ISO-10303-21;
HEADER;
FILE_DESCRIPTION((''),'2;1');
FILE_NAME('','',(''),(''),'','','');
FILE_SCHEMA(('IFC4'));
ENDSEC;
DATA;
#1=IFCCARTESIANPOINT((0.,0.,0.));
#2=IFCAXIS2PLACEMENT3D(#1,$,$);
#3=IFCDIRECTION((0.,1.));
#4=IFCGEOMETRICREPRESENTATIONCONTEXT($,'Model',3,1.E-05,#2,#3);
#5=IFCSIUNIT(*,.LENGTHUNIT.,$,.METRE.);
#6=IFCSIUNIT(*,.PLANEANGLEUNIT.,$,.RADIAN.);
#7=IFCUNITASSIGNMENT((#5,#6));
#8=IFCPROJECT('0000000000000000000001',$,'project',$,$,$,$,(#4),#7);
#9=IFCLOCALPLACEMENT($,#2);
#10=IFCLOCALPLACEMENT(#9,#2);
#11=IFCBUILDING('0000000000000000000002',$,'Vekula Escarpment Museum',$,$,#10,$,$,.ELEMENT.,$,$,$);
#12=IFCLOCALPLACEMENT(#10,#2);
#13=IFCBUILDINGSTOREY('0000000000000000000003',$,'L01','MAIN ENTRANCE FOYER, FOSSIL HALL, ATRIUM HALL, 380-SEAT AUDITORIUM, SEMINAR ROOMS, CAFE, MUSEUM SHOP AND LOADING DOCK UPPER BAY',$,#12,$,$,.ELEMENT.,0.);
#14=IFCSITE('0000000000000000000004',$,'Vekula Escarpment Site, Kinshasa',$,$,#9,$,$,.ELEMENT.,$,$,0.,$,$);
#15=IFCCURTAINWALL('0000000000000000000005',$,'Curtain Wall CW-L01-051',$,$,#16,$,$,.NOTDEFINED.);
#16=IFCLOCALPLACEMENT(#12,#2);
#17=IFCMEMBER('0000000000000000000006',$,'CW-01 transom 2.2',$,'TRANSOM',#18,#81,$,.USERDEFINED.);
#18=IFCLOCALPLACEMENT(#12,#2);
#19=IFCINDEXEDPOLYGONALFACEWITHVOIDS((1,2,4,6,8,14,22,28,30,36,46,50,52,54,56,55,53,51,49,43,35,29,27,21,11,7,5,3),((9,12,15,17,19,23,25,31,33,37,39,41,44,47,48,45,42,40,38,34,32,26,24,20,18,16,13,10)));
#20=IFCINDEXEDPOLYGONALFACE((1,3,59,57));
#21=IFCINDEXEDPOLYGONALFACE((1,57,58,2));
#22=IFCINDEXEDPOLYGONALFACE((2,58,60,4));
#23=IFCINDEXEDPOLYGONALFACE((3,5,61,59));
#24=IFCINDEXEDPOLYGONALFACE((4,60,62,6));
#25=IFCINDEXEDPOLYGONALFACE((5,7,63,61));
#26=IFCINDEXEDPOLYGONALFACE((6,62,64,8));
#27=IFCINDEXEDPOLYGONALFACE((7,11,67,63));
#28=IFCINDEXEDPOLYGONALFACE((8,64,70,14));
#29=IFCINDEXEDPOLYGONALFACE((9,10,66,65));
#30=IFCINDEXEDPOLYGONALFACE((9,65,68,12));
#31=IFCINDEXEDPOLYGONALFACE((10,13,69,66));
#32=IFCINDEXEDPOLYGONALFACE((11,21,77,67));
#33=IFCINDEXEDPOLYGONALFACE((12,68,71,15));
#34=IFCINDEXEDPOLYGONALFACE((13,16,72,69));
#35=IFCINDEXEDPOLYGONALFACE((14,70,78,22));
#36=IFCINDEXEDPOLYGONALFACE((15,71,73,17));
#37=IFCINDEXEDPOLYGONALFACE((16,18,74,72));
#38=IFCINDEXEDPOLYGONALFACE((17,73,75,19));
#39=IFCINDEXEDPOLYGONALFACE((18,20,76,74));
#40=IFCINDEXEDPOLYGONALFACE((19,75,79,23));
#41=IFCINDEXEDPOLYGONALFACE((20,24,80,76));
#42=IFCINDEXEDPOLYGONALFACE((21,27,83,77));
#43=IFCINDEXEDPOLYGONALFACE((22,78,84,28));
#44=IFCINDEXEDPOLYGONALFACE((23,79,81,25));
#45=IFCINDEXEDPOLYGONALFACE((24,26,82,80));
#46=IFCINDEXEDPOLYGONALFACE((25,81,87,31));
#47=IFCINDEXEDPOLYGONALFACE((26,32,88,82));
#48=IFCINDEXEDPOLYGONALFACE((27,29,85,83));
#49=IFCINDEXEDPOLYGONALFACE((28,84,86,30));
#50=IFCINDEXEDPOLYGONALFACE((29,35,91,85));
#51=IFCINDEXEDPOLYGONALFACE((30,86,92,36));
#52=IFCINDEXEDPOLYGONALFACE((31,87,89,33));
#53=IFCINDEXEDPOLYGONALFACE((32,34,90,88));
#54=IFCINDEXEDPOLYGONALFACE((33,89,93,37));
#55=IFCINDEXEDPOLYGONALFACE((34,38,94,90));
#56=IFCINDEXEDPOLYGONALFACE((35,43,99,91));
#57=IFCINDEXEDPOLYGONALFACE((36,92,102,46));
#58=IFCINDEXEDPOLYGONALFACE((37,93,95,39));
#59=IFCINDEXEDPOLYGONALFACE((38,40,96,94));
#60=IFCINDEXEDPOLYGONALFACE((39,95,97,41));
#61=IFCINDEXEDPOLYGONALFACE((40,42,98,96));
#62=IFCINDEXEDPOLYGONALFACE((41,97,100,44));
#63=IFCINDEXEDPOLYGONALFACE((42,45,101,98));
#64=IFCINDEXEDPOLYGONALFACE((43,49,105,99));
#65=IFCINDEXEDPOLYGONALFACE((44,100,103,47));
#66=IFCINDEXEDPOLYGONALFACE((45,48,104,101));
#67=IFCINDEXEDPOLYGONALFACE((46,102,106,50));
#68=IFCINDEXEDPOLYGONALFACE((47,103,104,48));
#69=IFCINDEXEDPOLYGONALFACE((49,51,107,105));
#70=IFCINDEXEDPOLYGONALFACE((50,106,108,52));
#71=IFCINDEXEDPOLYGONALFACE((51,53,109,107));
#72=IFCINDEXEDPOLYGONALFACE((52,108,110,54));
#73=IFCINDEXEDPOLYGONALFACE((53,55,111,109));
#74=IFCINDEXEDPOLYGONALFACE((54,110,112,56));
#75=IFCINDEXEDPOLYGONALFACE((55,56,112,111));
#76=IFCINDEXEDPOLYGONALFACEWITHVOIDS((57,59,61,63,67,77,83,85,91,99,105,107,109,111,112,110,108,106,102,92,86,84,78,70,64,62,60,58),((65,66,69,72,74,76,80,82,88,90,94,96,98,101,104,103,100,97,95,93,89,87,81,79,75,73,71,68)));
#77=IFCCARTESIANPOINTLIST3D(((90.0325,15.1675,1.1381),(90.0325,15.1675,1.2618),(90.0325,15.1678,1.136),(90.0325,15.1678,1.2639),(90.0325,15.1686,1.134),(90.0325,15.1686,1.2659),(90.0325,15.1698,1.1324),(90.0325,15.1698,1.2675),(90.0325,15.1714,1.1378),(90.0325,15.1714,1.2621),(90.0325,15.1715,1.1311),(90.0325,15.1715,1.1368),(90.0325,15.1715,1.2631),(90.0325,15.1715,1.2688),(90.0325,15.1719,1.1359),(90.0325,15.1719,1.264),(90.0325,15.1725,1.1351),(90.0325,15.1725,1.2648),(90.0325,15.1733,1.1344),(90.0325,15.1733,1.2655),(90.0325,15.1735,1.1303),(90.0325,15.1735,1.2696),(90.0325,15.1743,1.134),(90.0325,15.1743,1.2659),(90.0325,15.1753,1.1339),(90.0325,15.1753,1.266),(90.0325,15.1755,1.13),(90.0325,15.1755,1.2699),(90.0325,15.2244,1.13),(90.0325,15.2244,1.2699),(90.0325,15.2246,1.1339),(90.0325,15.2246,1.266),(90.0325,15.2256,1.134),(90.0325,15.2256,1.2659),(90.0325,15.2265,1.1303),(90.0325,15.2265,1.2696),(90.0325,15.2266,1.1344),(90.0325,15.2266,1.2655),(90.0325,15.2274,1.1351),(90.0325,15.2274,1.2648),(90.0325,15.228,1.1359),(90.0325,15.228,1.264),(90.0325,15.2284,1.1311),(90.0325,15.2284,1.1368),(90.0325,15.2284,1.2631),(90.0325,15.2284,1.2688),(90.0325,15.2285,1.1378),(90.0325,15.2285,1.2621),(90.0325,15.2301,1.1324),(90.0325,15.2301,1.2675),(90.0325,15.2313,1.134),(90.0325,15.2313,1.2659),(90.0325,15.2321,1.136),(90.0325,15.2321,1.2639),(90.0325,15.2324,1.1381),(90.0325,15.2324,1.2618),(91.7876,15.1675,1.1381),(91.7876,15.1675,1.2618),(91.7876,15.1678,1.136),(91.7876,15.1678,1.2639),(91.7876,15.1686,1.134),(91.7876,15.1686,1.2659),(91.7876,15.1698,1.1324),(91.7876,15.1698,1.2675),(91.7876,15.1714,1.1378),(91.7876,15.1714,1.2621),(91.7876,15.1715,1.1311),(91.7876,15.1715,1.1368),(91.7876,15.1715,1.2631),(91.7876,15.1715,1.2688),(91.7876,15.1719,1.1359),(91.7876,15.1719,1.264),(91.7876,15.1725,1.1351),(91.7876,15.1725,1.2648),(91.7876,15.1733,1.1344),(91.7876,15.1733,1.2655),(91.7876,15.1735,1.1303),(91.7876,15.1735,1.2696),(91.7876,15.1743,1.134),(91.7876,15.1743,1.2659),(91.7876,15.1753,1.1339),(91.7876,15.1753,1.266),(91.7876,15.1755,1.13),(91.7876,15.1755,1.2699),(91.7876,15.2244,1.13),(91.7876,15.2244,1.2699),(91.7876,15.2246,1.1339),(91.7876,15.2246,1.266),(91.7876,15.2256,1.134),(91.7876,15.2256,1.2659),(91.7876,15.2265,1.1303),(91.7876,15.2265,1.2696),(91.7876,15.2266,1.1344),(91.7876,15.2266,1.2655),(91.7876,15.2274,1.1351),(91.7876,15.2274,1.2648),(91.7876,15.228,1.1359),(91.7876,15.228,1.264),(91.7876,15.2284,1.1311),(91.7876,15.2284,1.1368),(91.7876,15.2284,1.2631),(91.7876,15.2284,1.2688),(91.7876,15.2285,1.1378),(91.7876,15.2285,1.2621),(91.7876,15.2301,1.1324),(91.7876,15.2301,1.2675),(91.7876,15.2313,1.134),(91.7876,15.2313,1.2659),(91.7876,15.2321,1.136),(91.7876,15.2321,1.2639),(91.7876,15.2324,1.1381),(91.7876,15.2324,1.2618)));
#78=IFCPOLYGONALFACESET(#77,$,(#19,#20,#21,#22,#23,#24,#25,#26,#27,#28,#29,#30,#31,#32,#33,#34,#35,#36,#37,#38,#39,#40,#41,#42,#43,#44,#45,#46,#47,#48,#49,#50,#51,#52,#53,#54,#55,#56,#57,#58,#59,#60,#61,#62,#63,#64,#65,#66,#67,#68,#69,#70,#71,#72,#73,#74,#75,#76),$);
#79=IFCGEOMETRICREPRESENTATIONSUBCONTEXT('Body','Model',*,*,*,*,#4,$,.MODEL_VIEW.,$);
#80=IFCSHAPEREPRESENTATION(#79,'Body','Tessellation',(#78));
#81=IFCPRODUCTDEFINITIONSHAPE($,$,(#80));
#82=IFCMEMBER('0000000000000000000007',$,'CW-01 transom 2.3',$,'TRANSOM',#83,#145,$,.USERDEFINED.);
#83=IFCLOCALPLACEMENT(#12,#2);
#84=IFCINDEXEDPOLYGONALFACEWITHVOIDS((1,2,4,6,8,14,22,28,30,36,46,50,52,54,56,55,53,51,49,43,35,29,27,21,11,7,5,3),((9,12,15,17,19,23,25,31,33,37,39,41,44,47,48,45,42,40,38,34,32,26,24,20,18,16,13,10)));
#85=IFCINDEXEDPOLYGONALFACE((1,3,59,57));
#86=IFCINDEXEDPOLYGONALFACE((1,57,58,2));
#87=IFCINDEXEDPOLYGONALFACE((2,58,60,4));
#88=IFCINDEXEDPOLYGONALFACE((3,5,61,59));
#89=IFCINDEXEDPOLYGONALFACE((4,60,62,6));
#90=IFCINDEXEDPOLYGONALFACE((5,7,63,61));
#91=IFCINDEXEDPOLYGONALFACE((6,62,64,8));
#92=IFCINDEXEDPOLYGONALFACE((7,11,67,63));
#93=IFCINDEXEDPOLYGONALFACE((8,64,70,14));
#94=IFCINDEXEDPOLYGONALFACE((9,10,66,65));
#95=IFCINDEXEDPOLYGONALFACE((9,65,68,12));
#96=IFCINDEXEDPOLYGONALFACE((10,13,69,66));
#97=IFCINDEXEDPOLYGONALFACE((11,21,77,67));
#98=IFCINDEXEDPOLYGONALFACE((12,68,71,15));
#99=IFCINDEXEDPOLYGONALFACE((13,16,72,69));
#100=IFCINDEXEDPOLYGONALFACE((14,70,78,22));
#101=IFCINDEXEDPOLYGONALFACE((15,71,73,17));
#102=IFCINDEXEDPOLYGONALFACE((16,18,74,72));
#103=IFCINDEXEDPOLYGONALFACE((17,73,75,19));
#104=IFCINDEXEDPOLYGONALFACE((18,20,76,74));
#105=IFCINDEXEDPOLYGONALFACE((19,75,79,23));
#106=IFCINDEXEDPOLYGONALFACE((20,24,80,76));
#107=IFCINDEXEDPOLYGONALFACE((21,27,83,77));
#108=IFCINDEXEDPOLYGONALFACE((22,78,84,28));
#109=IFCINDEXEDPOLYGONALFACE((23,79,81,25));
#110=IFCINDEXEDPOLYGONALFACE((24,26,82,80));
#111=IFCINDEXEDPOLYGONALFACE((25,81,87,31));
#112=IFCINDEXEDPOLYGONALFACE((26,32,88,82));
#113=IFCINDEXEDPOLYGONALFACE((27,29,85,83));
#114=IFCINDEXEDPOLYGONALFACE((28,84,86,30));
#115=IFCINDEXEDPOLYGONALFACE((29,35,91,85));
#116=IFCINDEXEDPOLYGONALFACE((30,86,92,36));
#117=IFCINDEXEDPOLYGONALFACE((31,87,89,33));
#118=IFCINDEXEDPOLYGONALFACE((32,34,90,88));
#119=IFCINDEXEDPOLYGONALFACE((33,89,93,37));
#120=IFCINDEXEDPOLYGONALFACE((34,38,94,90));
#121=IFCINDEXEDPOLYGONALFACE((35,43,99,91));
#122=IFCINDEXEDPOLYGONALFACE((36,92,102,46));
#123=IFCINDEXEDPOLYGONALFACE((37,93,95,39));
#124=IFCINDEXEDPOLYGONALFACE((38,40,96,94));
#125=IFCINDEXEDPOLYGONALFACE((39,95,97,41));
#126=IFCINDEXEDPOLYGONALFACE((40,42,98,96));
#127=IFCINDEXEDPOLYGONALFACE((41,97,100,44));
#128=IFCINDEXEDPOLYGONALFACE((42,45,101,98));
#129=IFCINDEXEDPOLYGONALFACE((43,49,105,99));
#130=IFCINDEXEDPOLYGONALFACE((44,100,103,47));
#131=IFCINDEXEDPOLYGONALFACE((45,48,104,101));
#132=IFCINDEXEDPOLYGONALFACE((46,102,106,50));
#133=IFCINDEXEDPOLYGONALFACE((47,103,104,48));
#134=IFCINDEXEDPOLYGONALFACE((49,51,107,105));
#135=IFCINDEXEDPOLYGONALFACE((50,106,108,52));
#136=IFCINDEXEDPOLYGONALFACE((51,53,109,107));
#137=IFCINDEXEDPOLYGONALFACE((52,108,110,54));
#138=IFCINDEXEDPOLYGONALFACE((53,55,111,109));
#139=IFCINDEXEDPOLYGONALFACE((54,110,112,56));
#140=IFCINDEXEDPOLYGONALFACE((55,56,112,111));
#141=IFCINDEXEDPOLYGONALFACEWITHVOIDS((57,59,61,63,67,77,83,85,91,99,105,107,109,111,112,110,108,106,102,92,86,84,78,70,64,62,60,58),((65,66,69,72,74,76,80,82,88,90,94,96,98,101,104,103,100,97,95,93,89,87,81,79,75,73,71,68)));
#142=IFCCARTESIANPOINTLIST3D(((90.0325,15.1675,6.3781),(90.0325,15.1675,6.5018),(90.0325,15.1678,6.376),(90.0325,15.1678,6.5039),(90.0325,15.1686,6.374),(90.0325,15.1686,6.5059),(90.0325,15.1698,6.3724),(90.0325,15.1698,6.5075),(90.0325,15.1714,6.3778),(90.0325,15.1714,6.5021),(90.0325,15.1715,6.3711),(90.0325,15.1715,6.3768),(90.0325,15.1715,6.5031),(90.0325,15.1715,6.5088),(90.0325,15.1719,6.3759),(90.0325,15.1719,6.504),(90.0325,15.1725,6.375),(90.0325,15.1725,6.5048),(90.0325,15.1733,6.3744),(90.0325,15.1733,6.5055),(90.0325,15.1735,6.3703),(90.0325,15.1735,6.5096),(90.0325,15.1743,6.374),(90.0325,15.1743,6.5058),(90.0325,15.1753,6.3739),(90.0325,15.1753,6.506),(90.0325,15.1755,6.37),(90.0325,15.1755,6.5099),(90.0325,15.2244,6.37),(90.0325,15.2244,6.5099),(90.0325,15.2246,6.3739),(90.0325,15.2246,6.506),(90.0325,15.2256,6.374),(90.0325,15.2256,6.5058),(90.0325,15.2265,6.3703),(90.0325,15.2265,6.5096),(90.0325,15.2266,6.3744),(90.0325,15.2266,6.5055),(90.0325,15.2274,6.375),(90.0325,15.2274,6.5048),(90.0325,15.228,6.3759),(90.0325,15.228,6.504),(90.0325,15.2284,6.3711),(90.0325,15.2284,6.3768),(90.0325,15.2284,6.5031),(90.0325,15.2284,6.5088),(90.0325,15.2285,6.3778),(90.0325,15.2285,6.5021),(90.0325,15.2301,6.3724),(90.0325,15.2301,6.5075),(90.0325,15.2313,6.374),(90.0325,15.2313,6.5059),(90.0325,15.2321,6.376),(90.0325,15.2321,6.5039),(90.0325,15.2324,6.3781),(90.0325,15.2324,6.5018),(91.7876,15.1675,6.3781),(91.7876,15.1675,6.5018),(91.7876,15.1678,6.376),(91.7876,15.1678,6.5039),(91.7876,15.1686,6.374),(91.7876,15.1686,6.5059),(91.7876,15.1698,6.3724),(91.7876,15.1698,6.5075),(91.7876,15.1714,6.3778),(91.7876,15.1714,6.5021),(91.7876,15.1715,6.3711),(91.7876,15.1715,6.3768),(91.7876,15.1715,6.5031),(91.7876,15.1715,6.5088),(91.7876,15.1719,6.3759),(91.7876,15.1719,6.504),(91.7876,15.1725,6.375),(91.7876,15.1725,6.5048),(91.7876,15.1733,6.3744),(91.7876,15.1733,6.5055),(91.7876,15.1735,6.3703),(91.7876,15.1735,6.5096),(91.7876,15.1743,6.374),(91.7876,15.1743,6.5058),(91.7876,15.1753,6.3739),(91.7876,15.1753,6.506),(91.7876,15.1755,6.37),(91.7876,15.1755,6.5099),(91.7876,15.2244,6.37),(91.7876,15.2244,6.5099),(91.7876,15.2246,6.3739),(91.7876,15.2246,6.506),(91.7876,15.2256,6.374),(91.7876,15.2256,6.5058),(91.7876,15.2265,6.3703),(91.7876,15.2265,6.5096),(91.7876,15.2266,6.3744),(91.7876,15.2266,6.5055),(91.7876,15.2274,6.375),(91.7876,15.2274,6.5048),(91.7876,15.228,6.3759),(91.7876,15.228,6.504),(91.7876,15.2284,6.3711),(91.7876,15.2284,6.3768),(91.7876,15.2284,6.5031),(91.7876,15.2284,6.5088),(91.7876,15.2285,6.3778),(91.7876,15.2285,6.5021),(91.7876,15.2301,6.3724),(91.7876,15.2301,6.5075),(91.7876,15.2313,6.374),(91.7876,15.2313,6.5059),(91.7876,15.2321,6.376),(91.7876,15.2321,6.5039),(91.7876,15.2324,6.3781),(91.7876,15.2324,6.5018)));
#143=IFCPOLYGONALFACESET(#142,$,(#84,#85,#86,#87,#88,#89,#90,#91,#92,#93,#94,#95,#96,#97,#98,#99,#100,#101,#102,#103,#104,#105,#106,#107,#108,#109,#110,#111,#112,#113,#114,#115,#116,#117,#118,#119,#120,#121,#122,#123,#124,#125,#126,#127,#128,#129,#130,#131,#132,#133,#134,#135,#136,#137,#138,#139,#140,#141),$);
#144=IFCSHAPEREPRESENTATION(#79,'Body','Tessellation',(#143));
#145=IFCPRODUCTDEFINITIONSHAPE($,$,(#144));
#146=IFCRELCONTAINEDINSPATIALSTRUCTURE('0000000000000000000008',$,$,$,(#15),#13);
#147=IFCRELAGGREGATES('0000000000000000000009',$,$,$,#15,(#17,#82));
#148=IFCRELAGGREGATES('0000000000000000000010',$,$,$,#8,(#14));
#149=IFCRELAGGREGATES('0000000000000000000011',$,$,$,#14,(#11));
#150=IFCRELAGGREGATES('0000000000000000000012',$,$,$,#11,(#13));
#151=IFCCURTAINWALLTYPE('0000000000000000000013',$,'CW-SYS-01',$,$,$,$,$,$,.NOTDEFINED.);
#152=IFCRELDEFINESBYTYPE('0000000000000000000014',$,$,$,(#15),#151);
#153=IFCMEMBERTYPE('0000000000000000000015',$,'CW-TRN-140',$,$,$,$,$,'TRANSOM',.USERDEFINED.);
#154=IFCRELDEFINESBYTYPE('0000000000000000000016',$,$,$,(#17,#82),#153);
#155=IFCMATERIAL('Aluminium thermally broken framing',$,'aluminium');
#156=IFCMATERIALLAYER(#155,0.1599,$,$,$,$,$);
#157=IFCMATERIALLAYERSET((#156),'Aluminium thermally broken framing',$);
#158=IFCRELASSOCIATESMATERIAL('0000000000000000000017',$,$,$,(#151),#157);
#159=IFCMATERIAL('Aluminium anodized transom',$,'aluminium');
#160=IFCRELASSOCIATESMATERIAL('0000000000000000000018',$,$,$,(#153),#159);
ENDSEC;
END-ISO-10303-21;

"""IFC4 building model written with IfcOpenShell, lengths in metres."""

from ifc_helpers import new_model, si_unit, direction, frame, origin, origin_2d, place, context, subcontext, project, spatial, hollow_rectangle, extrude, material, layer, layer_set, material_profile, profile_set, type_object, element, aggregate, save


model = new_model("IFC4")

# Units and contexts
model_context = context("Model", 3, precision=1e-05, world=origin(), true_north=direction((0.0, 1.0)))
body_context = subcontext(model_context, "Body", "Model", "MODEL_VIEW")
ifc_project = project(units=[si_unit("LENGTHUNIT", "METRE"), si_unit("PLANEANGLEUNIT", "RADIAN")], contexts=[model_context])

# Site, building, storey
site_placement = place(None, origin())
site = spatial("IfcSite", under=ifc_project, at=site_placement, Name="Vekula Escarpment Site, Kinshasa", CompositionType="ELEMENT", RefElevation=0.0)
building_placement = place(site_placement, origin())
building = spatial("IfcBuilding", under=site, at=building_placement, Name="Vekula Escarpment Museum", CompositionType="ELEMENT")
storey_placement = place(building_placement, origin())
storey = spatial("IfcBuildingStorey", under=building, at=storey_placement, Name="L01", Description="MAIN ENTRANCE FOYER, FOSSIL HALL, ATRIUM HALL, 380-SEAT AUDITORIUM, SEMINAR ROOMS, CAFE, MUSEUM SHOP AND LOADING DOCK UPPER BAY", CompositionType="ELEMENT", Elevation=0.0)

# Curtain wall, members
ifc_material_1 = material(Name="Aluminium thermally broken framing", Category="aluminium")
ifc_layer_1 = layer(ifc_material_1, 0.1599)
ifc_layer_set_1 = layer_set([ifc_layer_1], Name="Aluminium thermally broken framing")
curtain_wall_type = type_object("IfcCurtainWallType", Name="CW-SYS-01", PredefinedType="NOTDEFINED", material=ifc_layer_set_1)
curtain_wall_placement = place(storey_placement, origin())
curtain_wall = element("IfcCurtainWall", 1, at=curtain_wall_placement, inside=storey, type_object=curtain_wall_type, Name="Curtain Wall CW-L01-051", PredefinedType="NOTDEFINED")
ifc_material_2 = material(Name="Aluminium anodized transom", Category="aluminium")
ifc_material_profile_1 = material_profile(ifc_material_2, hollow_rectangle(XDim=0.0649, YDim=0.1399, WallThickness=0.0039, InnerFilletRadius=0.0039, OuterFilletRadius=0.0081, at=origin_2d()), Name="ALU 140x65x4")
ifc_profile_set_1 = profile_set([ifc_material_profile_1], Name="Aluminium anodized transom")
member_type_1 = type_object("IfcMemberType", Name="CW-TRN-140", ElementType="TRANSOM", PredefinedType="USERDEFINED", material=ifc_profile_set_1)
member_1_placement = place(storey_placement, frame((91.7876, 15.2, 1.2), z_axis=(-1.0, 0.0, 0.0), x_axis=(0.0, -1.0, 0.0)))
member_1 = element("IfcMember", 2, at=member_1_placement, type_object=member_type_1, Name="CW-01 transom 2.2", ObjectType="TRANSOM", PredefinedType="USERDEFINED", context=body_context, shape_type="SweptSolid", body=[
    extrude(hollow_rectangle(XDim=0.0649, YDim=0.1399, WallThickness=0.0039, InnerFilletRadius=0.0039, OuterFilletRadius=0.0081, at=origin_2d()), origin(), (0.0, 0.0, 1.0), 1.7551),
])
member_2_placement = place(storey_placement, frame((91.7876, 15.2, 6.4399), z_axis=(-1.0, 0.0, 0.0), x_axis=(0.0, -1.0, 0.0)))
member_2 = element("IfcMember", 3, at=member_2_placement, type_object=member_type_1, Name="CW-01 transom 2.3", ObjectType="TRANSOM", PredefinedType="USERDEFINED", context=body_context, shape_type="SweptSolid", body=[
    extrude(hollow_rectangle(XDim=0.0649, YDim=0.1399, WallThickness=0.0039, InnerFilletRadius=0.0039, OuterFilletRadius=0.0081, at=origin_2d()), origin(), (0.0, 0.0, 1.0), 1.7551),
])
aggregate(curtain_wall, [member_1, member_2])

save(model, "model.ifc")
